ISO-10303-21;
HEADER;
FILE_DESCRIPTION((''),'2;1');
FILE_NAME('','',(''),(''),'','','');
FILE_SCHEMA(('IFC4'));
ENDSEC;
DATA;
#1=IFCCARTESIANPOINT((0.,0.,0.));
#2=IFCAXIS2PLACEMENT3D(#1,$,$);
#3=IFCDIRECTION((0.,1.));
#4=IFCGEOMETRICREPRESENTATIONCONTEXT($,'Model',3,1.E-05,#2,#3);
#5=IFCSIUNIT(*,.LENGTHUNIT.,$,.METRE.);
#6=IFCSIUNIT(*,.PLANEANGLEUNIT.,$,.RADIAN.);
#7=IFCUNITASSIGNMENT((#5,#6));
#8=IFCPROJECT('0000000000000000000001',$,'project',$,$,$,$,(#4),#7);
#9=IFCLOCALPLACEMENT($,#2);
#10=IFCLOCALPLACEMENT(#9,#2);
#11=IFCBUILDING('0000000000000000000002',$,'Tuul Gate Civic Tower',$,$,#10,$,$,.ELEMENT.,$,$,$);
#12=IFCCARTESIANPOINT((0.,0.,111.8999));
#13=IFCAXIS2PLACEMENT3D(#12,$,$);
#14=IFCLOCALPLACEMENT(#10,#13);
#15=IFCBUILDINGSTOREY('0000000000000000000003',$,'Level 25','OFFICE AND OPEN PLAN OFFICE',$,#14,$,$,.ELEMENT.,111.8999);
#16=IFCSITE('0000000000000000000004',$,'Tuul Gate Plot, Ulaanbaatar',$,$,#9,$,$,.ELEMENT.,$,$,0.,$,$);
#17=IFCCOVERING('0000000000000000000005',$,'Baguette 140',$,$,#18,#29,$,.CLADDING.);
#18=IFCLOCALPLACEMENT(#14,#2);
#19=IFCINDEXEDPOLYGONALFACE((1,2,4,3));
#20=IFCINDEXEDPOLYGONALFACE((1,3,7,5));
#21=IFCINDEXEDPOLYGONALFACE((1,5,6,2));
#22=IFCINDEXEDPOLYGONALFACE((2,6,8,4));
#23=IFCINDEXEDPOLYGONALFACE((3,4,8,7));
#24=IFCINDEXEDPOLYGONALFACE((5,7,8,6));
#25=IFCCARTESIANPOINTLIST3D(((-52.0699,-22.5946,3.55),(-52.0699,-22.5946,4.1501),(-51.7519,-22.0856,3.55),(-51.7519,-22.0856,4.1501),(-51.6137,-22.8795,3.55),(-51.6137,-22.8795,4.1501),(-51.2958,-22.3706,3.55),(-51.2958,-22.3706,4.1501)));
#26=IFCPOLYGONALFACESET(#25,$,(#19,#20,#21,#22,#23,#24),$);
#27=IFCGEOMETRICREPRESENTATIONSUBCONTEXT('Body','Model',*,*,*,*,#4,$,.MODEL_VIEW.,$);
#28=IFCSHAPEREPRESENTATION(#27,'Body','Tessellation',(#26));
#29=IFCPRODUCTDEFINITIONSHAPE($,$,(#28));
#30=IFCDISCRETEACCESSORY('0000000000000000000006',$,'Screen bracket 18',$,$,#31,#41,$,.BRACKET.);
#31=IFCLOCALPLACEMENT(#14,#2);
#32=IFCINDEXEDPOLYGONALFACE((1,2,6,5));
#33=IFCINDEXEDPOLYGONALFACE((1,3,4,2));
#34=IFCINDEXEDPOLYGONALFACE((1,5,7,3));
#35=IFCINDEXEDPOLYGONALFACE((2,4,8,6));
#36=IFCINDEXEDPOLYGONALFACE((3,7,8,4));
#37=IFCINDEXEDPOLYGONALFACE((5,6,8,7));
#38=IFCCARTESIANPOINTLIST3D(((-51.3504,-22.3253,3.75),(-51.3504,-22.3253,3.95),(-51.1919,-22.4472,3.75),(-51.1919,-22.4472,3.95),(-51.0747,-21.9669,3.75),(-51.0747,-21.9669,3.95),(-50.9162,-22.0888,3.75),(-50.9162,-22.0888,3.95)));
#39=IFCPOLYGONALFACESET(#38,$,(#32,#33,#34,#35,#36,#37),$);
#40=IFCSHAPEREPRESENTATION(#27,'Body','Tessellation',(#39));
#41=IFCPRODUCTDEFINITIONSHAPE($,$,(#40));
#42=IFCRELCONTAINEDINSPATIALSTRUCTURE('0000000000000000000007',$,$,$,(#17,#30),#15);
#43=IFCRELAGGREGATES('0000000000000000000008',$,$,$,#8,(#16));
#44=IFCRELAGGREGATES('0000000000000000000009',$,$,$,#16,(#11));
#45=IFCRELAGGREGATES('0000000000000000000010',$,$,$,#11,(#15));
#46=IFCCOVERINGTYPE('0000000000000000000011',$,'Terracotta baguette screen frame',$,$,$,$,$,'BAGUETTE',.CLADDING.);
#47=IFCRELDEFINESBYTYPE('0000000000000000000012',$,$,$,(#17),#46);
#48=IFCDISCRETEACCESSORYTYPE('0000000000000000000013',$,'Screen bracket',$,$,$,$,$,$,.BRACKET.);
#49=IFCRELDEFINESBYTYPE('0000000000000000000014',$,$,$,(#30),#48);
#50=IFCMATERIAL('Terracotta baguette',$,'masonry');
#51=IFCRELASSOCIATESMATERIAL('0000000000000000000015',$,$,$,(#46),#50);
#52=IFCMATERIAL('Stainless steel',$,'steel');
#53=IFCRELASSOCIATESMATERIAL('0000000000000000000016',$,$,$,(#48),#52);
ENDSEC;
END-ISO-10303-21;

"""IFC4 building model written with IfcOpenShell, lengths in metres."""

from ifc_helpers import new_model, si_unit, direction, frame, origin, origin_2d, place, context, subcontext, project, spatial, rectangle, extrude, material, material_profile, profile_set, type_object, element, save


model = new_model("IFC4")

# Units and contexts
model_context = context("Model", 3, precision=1e-05, world=origin(), true_north=direction((0.0, 1.0)))
body_context = subcontext(model_context, "Body", "Model", "MODEL_VIEW")
ifc_project = project(units=[si_unit("LENGTHUNIT", "METRE"), si_unit("PLANEANGLEUNIT", "RADIAN")], contexts=[model_context])

# Site, building, storey
site_placement = place(None, origin())
site = spatial("IfcSite", under=ifc_project, at=site_placement, Name="Tuul Gate Plot, Ulaanbaatar", CompositionType="ELEMENT", RefElevation=0.0)
building_placement = place(site_placement, origin())
building = spatial("IfcBuilding", under=site, at=building_placement, Name="Tuul Gate Civic Tower", CompositionType="ELEMENT")
storey_placement = place(building_placement, frame((0.0, 0.0, 111.8999)))
storey = spatial("IfcBuildingStorey", under=building, at=storey_placement, Name="Level 25", Description="OFFICE AND OPEN PLAN OFFICE", CompositionType="ELEMENT", Elevation=111.8999)

# Covering
ifc_material_1 = material(Name="Terracotta baguette", Category="masonry")
ifc_material_profile_1 = material_profile(ifc_material_1, rectangle(XDim=0.6001, YDim=0.6001, at=origin_2d()), Name="Terracotta baguette screen frame")
ifc_profile_set_1 = profile_set([ifc_material_profile_1], Name="Terracotta baguette")
covering_type = type_object("IfcCoveringType", Name="Terracotta baguette screen frame", ElementType="BAGUETTE", PredefinedType="CLADDING", material=ifc_profile_set_1)
covering_1_placement = place(storey_placement, frame((-51.9109, -22.3401, 3.8501), z_axis=(0.8481, -0.529836, 0.0), x_axis=(0.529836, 0.8481, 0.0)))
element("IfcCovering", 1, at=covering_1_placement, inside=storey, type_object=covering_type, Name="Baguette 140", PredefinedType="CLADDING", context=body_context, shape_type="SweptSolid", body=[
    extrude(rectangle(XDim=0.6001, YDim=0.6001, at=origin_2d()), origin(), (0.0, 0.0, 1.0), 0.5378),
])

# Discrete accessory
ifc_material_2 = material(Name="Stainless steel", Category="steel")
discrete_accessory_type = type_object("IfcDiscreteAccessoryType", Name="Screen bracket", PredefinedType="BRACKET", material=ifc_material_2)
discrete_accessory_placement = place(storey_placement, frame((-51.1333, -22.207, 3.75), z_axis=(0.0, 0.0, 1.0), x_axis=(-0.609606, -0.792705, 0.0)))
element("IfcDiscreteAccessory", 2, at=discrete_accessory_placement, inside=storey, type_object=discrete_accessory_type, Name="Screen bracket 18", PredefinedType="BRACKET", context=body_context, shape_type="SweptSolid", body=[
    extrude(rectangle(XDim=0.4521, YDim=0.2, at=origin_2d()), origin(), (0.0, 0.0, 1.0), 0.2),
])

save(model, "model.ifc")
